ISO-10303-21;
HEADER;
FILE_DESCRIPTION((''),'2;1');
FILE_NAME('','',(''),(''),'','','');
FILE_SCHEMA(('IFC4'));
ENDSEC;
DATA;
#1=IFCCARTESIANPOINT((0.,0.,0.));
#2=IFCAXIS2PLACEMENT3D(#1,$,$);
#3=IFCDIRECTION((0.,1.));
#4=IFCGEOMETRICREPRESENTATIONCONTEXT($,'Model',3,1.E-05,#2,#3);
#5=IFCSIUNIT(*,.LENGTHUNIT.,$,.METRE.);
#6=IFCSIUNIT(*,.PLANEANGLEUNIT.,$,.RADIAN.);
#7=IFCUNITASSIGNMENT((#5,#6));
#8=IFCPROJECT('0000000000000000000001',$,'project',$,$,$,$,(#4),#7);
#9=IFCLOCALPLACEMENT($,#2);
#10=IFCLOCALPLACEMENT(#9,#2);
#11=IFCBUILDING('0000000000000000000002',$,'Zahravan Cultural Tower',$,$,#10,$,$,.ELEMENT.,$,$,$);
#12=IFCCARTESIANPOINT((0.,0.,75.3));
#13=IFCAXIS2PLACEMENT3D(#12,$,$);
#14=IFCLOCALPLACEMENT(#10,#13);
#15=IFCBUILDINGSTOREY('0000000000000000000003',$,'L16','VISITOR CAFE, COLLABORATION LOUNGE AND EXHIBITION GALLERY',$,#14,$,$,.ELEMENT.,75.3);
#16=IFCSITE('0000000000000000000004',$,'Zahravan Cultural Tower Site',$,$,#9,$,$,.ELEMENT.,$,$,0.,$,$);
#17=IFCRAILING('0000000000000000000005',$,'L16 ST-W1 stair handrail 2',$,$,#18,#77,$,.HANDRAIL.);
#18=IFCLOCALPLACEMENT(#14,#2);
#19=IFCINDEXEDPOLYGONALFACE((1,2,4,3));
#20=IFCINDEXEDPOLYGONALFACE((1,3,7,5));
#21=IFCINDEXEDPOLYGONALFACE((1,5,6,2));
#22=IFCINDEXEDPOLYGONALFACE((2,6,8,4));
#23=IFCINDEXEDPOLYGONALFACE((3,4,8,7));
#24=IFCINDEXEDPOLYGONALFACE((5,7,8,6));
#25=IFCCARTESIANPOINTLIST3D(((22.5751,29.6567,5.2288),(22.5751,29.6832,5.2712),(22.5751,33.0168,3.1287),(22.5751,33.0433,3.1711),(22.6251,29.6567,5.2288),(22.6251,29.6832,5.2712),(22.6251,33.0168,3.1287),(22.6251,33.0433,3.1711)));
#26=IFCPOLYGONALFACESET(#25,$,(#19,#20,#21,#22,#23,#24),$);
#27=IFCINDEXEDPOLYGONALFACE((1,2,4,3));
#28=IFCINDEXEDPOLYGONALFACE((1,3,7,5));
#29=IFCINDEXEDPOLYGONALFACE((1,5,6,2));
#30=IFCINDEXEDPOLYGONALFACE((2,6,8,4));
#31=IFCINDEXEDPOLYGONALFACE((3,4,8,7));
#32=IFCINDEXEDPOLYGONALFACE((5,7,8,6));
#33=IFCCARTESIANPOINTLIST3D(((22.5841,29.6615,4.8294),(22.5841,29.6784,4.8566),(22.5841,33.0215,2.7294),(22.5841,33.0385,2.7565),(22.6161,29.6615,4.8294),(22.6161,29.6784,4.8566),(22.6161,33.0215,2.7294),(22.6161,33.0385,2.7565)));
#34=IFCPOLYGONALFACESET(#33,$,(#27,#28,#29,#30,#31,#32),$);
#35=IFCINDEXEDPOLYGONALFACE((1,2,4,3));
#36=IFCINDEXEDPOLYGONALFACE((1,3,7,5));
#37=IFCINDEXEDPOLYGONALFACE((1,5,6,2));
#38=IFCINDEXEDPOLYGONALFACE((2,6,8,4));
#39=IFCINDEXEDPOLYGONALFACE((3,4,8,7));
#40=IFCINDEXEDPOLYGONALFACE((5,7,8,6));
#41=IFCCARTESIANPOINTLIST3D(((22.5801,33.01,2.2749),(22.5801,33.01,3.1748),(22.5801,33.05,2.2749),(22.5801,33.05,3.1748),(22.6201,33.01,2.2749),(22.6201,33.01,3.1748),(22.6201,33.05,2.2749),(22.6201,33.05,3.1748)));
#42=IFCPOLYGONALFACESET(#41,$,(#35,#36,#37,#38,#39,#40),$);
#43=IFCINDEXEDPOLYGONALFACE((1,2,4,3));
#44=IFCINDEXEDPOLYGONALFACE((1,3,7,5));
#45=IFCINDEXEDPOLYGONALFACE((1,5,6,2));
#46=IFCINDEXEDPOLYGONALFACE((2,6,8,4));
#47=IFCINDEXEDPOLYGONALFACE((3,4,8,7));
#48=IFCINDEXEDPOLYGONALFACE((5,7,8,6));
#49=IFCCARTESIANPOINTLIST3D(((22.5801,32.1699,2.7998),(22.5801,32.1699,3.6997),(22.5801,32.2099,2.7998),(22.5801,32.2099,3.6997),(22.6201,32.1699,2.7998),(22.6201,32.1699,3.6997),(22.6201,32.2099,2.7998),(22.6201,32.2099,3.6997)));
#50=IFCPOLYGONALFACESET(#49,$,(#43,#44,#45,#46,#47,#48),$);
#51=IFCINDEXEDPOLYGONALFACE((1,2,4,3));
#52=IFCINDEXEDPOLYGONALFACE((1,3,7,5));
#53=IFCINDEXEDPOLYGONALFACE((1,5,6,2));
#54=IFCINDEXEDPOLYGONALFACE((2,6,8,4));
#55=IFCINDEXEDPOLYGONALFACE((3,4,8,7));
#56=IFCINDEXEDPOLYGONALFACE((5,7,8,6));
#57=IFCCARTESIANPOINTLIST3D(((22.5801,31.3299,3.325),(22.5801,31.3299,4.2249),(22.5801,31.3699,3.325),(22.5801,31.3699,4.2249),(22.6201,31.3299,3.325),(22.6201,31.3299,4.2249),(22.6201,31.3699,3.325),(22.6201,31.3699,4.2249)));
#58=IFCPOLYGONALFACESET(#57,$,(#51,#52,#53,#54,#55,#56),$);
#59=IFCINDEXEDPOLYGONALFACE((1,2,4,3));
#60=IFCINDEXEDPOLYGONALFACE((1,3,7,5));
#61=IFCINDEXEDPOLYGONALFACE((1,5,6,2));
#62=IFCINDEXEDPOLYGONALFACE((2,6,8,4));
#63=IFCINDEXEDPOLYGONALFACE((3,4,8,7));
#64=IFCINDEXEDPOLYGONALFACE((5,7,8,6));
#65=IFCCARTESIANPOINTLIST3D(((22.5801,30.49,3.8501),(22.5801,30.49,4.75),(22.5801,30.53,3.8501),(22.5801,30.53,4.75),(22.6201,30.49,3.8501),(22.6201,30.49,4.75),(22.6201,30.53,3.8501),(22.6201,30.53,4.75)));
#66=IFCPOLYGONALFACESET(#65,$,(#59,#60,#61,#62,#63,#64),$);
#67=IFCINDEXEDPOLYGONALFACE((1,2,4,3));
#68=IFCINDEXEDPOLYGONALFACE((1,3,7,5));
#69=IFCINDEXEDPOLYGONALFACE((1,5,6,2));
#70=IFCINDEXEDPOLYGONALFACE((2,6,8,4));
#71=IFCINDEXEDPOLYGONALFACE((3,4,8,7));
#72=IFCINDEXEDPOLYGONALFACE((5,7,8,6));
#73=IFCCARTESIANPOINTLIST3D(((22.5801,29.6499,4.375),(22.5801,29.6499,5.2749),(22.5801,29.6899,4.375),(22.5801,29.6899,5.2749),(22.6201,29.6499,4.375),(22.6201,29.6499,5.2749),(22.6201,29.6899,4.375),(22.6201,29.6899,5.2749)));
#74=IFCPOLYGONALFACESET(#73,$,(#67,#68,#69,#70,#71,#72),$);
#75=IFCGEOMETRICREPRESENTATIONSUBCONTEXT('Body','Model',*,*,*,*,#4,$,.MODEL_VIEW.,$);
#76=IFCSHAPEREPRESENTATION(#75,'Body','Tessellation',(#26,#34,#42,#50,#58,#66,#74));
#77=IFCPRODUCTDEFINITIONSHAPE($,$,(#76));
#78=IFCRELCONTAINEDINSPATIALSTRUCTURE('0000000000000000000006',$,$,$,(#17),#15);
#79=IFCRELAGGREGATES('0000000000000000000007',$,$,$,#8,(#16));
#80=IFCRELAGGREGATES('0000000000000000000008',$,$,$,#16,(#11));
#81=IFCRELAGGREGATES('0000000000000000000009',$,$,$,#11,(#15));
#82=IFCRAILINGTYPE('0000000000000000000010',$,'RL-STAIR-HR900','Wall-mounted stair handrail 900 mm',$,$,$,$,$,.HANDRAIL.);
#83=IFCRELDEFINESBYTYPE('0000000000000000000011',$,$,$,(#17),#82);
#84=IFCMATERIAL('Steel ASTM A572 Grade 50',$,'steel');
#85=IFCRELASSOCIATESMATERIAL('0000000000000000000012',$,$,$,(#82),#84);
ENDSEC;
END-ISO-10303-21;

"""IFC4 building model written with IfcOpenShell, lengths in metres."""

from ifc_helpers import new_model, si_unit, direction, frame, origin, origin_2d, place, context, subcontext, project, spatial, rectangle, extrude, material, type_object, element, save


model = new_model("IFC4")

# Units and contexts
model_context = context("Model", 3, precision=1e-05, world=origin(), true_north=direction((0.0, 1.0)))
body_context = subcontext(model_context, "Body", "Model", "MODEL_VIEW")
ifc_project = project(units=[si_unit("LENGTHUNIT", "METRE"), si_unit("PLANEANGLEUNIT", "RADIAN")], contexts=[model_context])

# Site, building, storey
site_placement = place(None, origin())
site = spatial("IfcSite", under=ifc_project, at=site_placement, Name="Zahravan Cultural Tower Site", CompositionType="ELEMENT", RefElevation=0.0)
building_placement = place(site_placement, origin())
building = spatial("IfcBuilding", under=site, at=building_placement, Name="Zahravan Cultural Tower", CompositionType="ELEMENT")
storey_placement = place(building_placement, frame((0.0, 0.0, 75.3)))
storey = spatial("IfcBuildingStorey", under=building, at=storey_placement, Name="L16", Description="VISITOR CAFE, COLLABORATION LOUNGE AND EXHIBITION GALLERY", CompositionType="ELEMENT", Elevation=75.3)

# Shared definitions
ifc_material_1 = material(Name="Steel ASTM A572 Grade 50", Category="steel")

# Railing
railing_type_1 = type_object("IfcRailingType", Name="RL-STAIR-HR900", Description="Wall-mounted stair handrail 900 mm", PredefinedType="HANDRAIL", material=ifc_material_1)
railing_1_placement = place(storey_placement, frame((22.6001, 33.03, 2.2749)))
element("IfcRailing", 1, at=railing_1_placement, inside=storey, type_object=railing_type_1, Name="L16 ST-W1 stair handrail 2", PredefinedType="HANDRAIL", context=body_context, shape_type="SweptSolid", body=[
    extrude(rectangle(XDim=0.05, YDim=0.05, at=origin_2d()), frame((0.0, 0.0, 0.875), z_axis=(0.0, -0.847995, 0.530004), x_axis=(1.0, 0.0, 0.0)), (0.0, 0.0, 1.0), 3.9624),
    extrude(rectangle(XDim=0.032, YDim=0.032, at=origin_2d()), frame((0.0, 0.0, 0.468), z_axis=(0.0, -0.847995, 0.530004), x_axis=(1.0, 0.0, 0.0)), (0.0, 0.0, 1.0), 3.9624),
    extrude(rectangle(XDim=0.04, YDim=0.04, at=origin_2d()), origin(), (0.0, 0.0, 1.0), 0.8999),
    extrude(rectangle(XDim=0.04, YDim=0.04, at=origin_2d()), frame((0.0, -0.8401, 0.5249)), (0.0, 0.0, 1.0), 0.8999),
    extrude(rectangle(XDim=0.04, YDim=0.04, at=origin_2d()), frame((0.0, -1.6802, 1.05)), (0.0, 0.0, 1.0), 0.8999),
    extrude(rectangle(XDim=0.04, YDim=0.04, at=origin_2d()), frame((0.0, -2.52, 1.5752)), (0.0, 0.0, 1.0), 0.8999),
    extrude(rectangle(XDim=0.04, YDim=0.04, at=origin_2d()), frame((0.0, -3.3601, 2.1001)), (0.0, 0.0, 1.0), 0.8999),
])

save(model, "model.ifc")
